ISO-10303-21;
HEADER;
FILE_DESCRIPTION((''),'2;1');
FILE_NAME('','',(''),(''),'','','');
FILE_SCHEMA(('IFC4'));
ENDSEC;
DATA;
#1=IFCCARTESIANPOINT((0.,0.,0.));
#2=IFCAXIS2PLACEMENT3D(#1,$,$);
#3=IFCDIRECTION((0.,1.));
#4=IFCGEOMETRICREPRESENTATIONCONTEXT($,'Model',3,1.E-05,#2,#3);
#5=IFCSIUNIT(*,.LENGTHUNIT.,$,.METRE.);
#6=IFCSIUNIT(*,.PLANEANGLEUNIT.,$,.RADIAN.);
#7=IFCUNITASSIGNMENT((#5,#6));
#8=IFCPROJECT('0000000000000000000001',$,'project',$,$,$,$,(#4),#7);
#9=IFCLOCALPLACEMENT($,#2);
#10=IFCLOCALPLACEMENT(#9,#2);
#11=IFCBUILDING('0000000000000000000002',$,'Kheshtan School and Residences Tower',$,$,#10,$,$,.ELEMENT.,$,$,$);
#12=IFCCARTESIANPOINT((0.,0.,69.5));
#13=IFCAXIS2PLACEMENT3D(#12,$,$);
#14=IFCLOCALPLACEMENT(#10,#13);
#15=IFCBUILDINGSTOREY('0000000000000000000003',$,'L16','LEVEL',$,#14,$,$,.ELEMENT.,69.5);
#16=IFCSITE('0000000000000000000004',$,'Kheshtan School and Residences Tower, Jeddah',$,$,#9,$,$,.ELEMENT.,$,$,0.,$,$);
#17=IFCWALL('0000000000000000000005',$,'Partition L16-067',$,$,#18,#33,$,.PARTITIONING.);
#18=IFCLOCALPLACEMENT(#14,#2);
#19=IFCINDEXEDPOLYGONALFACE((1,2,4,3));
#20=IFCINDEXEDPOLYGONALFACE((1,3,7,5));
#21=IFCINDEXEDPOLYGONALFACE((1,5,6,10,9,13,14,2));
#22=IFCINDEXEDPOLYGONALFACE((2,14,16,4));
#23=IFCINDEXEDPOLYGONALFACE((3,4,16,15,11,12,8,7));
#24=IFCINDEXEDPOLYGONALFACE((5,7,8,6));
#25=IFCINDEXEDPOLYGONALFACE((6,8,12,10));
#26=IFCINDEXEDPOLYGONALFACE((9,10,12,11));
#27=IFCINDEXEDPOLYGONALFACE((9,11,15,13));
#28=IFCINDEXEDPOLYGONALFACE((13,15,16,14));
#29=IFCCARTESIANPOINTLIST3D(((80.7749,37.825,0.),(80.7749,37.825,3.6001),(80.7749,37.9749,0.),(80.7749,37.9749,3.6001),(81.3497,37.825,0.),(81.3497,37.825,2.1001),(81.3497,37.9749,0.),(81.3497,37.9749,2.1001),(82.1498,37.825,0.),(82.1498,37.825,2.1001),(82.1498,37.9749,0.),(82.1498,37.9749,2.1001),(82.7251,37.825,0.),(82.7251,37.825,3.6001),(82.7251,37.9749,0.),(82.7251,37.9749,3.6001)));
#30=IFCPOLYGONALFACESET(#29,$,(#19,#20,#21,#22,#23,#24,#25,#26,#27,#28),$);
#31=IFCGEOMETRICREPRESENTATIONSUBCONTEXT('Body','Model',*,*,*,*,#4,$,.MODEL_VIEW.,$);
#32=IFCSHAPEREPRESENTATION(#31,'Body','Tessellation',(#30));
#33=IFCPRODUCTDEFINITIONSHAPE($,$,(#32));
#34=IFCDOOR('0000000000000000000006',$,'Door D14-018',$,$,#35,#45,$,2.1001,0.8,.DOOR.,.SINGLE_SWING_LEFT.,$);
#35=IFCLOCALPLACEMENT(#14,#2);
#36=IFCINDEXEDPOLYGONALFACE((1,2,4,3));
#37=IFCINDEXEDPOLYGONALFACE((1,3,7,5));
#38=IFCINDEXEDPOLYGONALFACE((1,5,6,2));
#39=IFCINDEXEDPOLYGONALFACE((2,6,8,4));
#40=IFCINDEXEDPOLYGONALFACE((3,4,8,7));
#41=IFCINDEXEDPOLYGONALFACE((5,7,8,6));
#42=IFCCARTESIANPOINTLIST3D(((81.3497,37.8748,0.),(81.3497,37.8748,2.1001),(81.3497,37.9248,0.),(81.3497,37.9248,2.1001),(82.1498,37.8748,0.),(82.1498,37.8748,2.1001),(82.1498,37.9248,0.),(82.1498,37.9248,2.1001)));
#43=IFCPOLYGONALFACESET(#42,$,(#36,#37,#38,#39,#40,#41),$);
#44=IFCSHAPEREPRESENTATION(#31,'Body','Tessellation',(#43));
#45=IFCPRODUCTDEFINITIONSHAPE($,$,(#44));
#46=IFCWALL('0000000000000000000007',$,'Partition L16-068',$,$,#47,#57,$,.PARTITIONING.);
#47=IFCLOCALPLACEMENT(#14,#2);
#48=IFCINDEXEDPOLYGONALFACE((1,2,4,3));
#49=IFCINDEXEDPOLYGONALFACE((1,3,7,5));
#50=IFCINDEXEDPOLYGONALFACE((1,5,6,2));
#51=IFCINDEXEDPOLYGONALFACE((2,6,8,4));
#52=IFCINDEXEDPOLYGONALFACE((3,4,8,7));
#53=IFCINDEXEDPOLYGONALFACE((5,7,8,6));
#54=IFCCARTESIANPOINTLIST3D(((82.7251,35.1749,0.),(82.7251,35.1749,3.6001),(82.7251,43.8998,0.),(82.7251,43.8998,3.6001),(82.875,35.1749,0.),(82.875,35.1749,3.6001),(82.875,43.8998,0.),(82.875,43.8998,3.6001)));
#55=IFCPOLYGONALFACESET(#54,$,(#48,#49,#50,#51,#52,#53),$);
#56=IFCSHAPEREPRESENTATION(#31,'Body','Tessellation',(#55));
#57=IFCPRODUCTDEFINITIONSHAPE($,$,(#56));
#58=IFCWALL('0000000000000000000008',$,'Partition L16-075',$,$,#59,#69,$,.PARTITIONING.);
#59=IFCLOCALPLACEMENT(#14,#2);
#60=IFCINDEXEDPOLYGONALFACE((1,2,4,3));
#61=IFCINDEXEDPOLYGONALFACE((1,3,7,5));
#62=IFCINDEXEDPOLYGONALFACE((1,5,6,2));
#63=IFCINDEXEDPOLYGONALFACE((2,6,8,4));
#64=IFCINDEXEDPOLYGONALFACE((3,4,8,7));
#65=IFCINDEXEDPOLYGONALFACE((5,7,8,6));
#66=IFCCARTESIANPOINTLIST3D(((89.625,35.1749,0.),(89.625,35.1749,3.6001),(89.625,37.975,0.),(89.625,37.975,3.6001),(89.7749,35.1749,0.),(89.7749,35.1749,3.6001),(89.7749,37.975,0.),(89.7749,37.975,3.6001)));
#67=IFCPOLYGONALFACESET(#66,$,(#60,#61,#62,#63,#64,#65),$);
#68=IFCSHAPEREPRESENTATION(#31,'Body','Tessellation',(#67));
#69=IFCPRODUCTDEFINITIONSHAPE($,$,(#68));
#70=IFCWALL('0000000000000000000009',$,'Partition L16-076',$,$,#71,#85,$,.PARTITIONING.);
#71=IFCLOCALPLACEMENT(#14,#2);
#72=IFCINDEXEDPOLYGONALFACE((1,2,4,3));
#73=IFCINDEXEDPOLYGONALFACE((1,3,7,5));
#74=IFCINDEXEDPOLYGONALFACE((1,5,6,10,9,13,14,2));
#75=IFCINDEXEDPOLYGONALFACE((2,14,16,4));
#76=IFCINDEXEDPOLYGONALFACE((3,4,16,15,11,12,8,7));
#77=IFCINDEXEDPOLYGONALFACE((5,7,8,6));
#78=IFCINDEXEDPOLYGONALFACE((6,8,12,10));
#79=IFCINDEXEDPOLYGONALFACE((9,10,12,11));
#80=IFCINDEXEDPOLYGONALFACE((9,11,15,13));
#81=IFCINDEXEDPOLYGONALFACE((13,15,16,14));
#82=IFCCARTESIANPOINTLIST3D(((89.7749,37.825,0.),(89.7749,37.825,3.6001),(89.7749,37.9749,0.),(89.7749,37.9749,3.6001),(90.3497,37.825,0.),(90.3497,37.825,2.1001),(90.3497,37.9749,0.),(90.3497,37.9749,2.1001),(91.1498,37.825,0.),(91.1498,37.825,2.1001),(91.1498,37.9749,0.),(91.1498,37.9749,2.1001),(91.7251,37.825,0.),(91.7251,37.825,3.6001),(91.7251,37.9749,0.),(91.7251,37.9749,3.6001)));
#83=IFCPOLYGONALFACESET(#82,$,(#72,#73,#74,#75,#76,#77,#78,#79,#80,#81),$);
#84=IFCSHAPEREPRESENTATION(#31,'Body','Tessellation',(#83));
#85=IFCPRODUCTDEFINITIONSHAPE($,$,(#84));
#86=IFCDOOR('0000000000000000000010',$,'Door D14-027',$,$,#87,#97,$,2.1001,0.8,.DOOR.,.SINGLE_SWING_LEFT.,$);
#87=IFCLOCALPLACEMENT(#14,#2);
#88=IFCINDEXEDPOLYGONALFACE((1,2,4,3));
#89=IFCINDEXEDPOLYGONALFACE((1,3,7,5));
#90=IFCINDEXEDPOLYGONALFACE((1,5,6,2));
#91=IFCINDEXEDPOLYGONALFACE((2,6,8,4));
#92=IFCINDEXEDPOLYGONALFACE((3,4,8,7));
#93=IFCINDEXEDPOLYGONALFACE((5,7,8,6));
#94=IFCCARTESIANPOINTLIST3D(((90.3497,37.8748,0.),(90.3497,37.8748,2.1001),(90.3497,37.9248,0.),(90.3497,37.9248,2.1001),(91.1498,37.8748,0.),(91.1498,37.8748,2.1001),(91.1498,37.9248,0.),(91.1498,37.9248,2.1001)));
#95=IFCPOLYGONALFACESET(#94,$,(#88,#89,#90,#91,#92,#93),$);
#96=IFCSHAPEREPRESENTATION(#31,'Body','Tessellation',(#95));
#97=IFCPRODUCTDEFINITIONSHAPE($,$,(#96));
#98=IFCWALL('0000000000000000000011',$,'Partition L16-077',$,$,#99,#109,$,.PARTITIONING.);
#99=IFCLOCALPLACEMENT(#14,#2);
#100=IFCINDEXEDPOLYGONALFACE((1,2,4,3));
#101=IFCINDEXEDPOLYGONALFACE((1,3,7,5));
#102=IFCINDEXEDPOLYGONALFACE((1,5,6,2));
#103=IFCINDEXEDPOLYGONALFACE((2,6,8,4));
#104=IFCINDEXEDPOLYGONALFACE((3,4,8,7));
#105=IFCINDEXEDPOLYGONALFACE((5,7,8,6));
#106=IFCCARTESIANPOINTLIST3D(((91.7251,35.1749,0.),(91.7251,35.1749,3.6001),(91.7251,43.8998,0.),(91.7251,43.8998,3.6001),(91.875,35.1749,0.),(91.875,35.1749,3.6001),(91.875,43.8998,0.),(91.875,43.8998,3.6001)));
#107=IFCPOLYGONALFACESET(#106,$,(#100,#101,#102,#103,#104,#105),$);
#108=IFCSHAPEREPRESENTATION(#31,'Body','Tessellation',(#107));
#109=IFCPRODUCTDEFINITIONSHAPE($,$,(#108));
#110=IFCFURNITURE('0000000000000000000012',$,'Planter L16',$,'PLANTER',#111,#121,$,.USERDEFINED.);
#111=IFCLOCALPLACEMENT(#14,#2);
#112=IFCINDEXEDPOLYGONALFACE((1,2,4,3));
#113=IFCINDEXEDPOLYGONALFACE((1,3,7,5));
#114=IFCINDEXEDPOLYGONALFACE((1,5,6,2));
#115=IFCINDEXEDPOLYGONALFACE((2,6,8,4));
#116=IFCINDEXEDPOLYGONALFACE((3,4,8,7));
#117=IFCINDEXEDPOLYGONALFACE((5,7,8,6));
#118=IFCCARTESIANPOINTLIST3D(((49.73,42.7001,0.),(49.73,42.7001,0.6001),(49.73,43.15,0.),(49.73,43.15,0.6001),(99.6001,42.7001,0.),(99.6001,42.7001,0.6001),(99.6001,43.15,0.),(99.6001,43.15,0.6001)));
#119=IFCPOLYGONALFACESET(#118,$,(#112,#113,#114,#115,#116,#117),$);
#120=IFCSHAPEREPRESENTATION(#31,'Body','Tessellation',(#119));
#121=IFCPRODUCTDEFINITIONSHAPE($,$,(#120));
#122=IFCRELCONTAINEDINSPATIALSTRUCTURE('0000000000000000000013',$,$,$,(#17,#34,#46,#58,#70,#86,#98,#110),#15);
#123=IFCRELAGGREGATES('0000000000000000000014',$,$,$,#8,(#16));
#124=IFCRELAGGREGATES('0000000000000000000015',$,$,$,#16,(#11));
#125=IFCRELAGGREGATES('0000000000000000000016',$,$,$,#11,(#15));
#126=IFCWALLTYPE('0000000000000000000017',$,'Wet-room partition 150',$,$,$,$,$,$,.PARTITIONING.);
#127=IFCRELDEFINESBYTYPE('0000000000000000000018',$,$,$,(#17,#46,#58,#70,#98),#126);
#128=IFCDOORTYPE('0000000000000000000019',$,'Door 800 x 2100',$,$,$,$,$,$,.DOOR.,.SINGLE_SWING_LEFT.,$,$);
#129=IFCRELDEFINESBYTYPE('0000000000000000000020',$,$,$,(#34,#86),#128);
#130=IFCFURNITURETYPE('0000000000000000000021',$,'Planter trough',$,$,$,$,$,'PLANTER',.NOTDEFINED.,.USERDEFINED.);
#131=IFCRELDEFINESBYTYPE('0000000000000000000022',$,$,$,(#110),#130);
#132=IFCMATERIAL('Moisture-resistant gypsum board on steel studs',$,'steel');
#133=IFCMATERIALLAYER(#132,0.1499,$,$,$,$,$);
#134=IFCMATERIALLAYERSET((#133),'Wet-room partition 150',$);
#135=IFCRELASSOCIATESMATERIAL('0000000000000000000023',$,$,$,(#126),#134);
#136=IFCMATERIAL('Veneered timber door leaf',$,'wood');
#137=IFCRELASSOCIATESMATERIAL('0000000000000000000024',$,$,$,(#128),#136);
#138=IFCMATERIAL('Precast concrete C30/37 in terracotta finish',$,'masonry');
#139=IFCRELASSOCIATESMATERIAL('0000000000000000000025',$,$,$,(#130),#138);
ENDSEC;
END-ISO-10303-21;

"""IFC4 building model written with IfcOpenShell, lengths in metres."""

from ifc_helpers import new_model, si_unit, direction, frame, frame_2d, origin, origin_2d, place, context, subcontext, project, spatial, rectangle, extrude, source, transform, mapped, material, layer, layer_set, type_object, element, fill, save


model = new_model("IFC4")

# Units and contexts
model_context = context("Model", 3, precision=1e-05, world=origin(), true_north=direction((0.0, 1.0)))
body_context = subcontext(model_context, "Body", "Model", "MODEL_VIEW")
ifc_project = project(units=[si_unit("LENGTHUNIT", "METRE"), si_unit("PLANEANGLEUNIT", "RADIAN")], contexts=[model_context])

# Site, building, storey
site_placement = place(None, origin())
site = spatial("IfcSite", under=ifc_project, at=site_placement, Name="Kheshtan School and Residences Tower, Jeddah", CompositionType="ELEMENT", RefElevation=0.0)
building_placement = place(site_placement, origin())
building = spatial("IfcBuilding", under=site, at=building_placement, Name="Kheshtan School and Residences Tower", CompositionType="ELEMENT")
storey_placement = place(building_placement, frame((0.0, 0.0, 69.5)))
storey = spatial("IfcBuildingStorey", under=building, at=storey_placement, Name="L16", Description="LEVEL", CompositionType="ELEMENT", Elevation=69.5)

# Shared definitions
ifc_material_1 = material(Name="Moisture-resistant gypsum board on steel studs", Category="steel")
ifc_layer_1 = layer(ifc_material_1, 0.1499)
ifc_layer_set_1 = layer_set([ifc_layer_1], Name="Wet-room partition 150")
wall_type_1 = type_object("IfcWallType", Name="Wet-room partition 150", PredefinedType="PARTITIONING", material=ifc_layer_set_1)

# Wall, opening, door
wall_1_placement = place(storey_placement, frame((80.7749, 37.8999, 0.0), z_axis=(0.0, 0.0, 1.0), x_axis=(1.0, 0.0, 0.0)))
wall_1 = element("IfcWall", 1, at=wall_1_placement, inside=storey, type_object=wall_type_1, Name="Partition L16-067", PredefinedType="PARTITIONING", context=body_context, shape_type="SweptSolid", body=[
    extrude(rectangle(XDim=1.9502, YDim=0.1499, at=frame_2d((0.9751, 0.0))), origin(), (0.0, 0.0, 1.0), 3.6001),
])
opening_1_placement = place(wall_1_placement, frame((0.575, 0.0, 0.0)))
opening_1 = element("IfcOpeningElement", 2, at=opening_1_placement, cuts=wall_1, PredefinedType="OPENING", context=body_context, shape_type="SweptSolid", body=[
    extrude(rectangle(XDim=0.8, YDim=2.1001, at=frame_2d((0.3999, 1.05))), frame((0.0, 0.085, 0.0), z_axis=(0.0, -1.0, 0.0), x_axis=(1.0, 0.0, 0.0)), (0.0, 0.0, 1.0), 0.1699),
])
ifc_material_2 = material(Name="Veneered timber door leaf", Category="wood")
door_type_1 = type_object("IfcDoorType", Name="Door 800 x 2100", OperationType="SINGLE_SWING_LEFT", PredefinedType="DOOR", material=ifc_material_2)
shared_shape_1 = source(origin(), body_context, "Body", "SweptSolid", [
    extrude(rectangle(XDim=0.8, YDim=2.1001, at=frame_2d((0.3999, 1.05))), frame((0.0, 0.0249, 0.0), z_axis=(0.0, -1.0, 0.0), x_axis=(1.0, 0.0, 0.0)), (0.0, 0.0, 1.0), 0.05),
])
door_1_placement = place(opening_1_placement, origin())
door_1 = element("IfcDoor", 3, at=door_1_placement, inside=storey, type_object=door_type_1, Name="Door D14-018", OperationType="SINGLE_SWING_LEFT", OverallHeight=2.1001, OverallWidth=0.8, PredefinedType="DOOR", context=body_context, shape_type="MappedRepresentation", body=[
    mapped(shared_shape_1, transform((0.0, 0.0, 0.0), x_axis=(1.0, 0.0, 0.0), y_axis=(0.0, 1.0, 0.0), z_axis=(0.0, 0.0, 1.0), scale=1.0)),
])
fill(opening_1, door_1)

# Walls
wall_2_placement = place(storey_placement, frame((82.8, 35.175, 0.0), z_axis=(0.0, 0.0, 1.0), x_axis=(0.0, 1.0, 0.0)))
element("IfcWall", 4, at=wall_2_placement, inside=storey, type_object=wall_type_1, Name="Partition L16-068", PredefinedType="PARTITIONING", context=body_context, shape_type="SweptSolid", body=[
    extrude(rectangle(XDim=8.7249, YDim=0.1499, at=frame_2d((4.3623, 0.0))), origin(), (0.0, 0.0, 1.0), 3.6001),
])
wall_3_placement = place(storey_placement, frame((89.7, 35.175, 0.0), z_axis=(0.0, 0.0, 1.0), x_axis=(0.0, 1.0, 0.0)))
element("IfcWall", 5, at=wall_3_placement, inside=storey, type_object=wall_type_1, Name="Partition L16-075", PredefinedType="PARTITIONING", context=body_context, shape_type="SweptSolid", body=[
    extrude(rectangle(XDim=2.8, YDim=0.1499, at=frame_2d((1.3999, 0.0))), origin(), (0.0, 0.0, 1.0), 3.6001),
])

# Wall, opening, door
wall_4_placement = place(storey_placement, frame((89.7749, 37.8999, 0.0), z_axis=(0.0, 0.0, 1.0), x_axis=(1.0, 0.0, 0.0)))
wall_4 = element("IfcWall", 6, at=wall_4_placement, inside=storey, type_object=wall_type_1, Name="Partition L16-076", PredefinedType="PARTITIONING", context=body_context, shape_type="SweptSolid", body=[
    extrude(rectangle(XDim=1.9502, YDim=0.1499, at=frame_2d((0.9751, 0.0))), origin(), (0.0, 0.0, 1.0), 3.6001),
])
opening_2_placement = place(wall_4_placement, frame((0.575, 0.0, 0.0)))
opening_2 = element("IfcOpeningElement", 7, at=opening_2_placement, cuts=wall_4, PredefinedType="OPENING", context=body_context, shape_type="SweptSolid", body=[
    extrude(rectangle(XDim=0.8, YDim=2.1001, at=frame_2d((0.3999, 1.05))), frame((0.0, 0.085, 0.0), z_axis=(0.0, -1.0, 0.0), x_axis=(1.0, 0.0, 0.0)), (0.0, 0.0, 1.0), 0.1699),
])
door_2_placement = place(opening_2_placement, origin())
door_2 = element("IfcDoor", 8, at=door_2_placement, inside=storey, type_object=door_type_1, Name="Door D14-027", OperationType="SINGLE_SWING_LEFT", OverallHeight=2.1001, OverallWidth=0.8, PredefinedType="DOOR", context=body_context, shape_type="MappedRepresentation", body=[
    mapped(shared_shape_1, transform((0.0, 0.0, 0.0), x_axis=(1.0, 0.0, 0.0), y_axis=(0.0, 1.0, 0.0), z_axis=(0.0, 0.0, 1.0), scale=1.0)),
])
fill(opening_2, door_2)

# Wall
wall_5_placement = place(storey_placement, frame((91.8, 35.175, 0.0), z_axis=(0.0, 0.0, 1.0), x_axis=(0.0, 1.0, 0.0)))
element("IfcWall", 9, at=wall_5_placement, inside=storey, type_object=wall_type_1, Name="Partition L16-077", PredefinedType="PARTITIONING", context=body_context, shape_type="SweptSolid", body=[
    extrude(rectangle(XDim=8.7249, YDim=0.1499, at=frame_2d((4.3623, 0.0))), origin(), (0.0, 0.0, 1.0), 3.6001),
])

# Furniture
ifc_material_3 = material(Name="Precast concrete C30/37 in terracotta finish", Category="masonry")
furniture_type = type_object("IfcFurnitureType", Name="Planter trough", ElementType="PLANTER", AssemblyPlace="NOTDEFINED", PredefinedType="USERDEFINED", material=ifc_material_3)
furniture_placement = place(storey_placement, frame((74.665, 42.925, 0.0), z_axis=(0.0, 0.0, 1.0), x_axis=(1.0, 0.0, 0.0)))
element("IfcFurniture", 10, at=furniture_placement, inside=storey, type_object=furniture_type, Name="Planter L16", ObjectType="PLANTER", PredefinedType="USERDEFINED", context=body_context, shape_type="SweptSolid", body=[
    extrude(rectangle(XDim=49.8701, YDim=0.45, at=origin_2d()), origin(), (0.0, 0.0, 1.0), 0.6001),
])

save(model, "model.ifc")
